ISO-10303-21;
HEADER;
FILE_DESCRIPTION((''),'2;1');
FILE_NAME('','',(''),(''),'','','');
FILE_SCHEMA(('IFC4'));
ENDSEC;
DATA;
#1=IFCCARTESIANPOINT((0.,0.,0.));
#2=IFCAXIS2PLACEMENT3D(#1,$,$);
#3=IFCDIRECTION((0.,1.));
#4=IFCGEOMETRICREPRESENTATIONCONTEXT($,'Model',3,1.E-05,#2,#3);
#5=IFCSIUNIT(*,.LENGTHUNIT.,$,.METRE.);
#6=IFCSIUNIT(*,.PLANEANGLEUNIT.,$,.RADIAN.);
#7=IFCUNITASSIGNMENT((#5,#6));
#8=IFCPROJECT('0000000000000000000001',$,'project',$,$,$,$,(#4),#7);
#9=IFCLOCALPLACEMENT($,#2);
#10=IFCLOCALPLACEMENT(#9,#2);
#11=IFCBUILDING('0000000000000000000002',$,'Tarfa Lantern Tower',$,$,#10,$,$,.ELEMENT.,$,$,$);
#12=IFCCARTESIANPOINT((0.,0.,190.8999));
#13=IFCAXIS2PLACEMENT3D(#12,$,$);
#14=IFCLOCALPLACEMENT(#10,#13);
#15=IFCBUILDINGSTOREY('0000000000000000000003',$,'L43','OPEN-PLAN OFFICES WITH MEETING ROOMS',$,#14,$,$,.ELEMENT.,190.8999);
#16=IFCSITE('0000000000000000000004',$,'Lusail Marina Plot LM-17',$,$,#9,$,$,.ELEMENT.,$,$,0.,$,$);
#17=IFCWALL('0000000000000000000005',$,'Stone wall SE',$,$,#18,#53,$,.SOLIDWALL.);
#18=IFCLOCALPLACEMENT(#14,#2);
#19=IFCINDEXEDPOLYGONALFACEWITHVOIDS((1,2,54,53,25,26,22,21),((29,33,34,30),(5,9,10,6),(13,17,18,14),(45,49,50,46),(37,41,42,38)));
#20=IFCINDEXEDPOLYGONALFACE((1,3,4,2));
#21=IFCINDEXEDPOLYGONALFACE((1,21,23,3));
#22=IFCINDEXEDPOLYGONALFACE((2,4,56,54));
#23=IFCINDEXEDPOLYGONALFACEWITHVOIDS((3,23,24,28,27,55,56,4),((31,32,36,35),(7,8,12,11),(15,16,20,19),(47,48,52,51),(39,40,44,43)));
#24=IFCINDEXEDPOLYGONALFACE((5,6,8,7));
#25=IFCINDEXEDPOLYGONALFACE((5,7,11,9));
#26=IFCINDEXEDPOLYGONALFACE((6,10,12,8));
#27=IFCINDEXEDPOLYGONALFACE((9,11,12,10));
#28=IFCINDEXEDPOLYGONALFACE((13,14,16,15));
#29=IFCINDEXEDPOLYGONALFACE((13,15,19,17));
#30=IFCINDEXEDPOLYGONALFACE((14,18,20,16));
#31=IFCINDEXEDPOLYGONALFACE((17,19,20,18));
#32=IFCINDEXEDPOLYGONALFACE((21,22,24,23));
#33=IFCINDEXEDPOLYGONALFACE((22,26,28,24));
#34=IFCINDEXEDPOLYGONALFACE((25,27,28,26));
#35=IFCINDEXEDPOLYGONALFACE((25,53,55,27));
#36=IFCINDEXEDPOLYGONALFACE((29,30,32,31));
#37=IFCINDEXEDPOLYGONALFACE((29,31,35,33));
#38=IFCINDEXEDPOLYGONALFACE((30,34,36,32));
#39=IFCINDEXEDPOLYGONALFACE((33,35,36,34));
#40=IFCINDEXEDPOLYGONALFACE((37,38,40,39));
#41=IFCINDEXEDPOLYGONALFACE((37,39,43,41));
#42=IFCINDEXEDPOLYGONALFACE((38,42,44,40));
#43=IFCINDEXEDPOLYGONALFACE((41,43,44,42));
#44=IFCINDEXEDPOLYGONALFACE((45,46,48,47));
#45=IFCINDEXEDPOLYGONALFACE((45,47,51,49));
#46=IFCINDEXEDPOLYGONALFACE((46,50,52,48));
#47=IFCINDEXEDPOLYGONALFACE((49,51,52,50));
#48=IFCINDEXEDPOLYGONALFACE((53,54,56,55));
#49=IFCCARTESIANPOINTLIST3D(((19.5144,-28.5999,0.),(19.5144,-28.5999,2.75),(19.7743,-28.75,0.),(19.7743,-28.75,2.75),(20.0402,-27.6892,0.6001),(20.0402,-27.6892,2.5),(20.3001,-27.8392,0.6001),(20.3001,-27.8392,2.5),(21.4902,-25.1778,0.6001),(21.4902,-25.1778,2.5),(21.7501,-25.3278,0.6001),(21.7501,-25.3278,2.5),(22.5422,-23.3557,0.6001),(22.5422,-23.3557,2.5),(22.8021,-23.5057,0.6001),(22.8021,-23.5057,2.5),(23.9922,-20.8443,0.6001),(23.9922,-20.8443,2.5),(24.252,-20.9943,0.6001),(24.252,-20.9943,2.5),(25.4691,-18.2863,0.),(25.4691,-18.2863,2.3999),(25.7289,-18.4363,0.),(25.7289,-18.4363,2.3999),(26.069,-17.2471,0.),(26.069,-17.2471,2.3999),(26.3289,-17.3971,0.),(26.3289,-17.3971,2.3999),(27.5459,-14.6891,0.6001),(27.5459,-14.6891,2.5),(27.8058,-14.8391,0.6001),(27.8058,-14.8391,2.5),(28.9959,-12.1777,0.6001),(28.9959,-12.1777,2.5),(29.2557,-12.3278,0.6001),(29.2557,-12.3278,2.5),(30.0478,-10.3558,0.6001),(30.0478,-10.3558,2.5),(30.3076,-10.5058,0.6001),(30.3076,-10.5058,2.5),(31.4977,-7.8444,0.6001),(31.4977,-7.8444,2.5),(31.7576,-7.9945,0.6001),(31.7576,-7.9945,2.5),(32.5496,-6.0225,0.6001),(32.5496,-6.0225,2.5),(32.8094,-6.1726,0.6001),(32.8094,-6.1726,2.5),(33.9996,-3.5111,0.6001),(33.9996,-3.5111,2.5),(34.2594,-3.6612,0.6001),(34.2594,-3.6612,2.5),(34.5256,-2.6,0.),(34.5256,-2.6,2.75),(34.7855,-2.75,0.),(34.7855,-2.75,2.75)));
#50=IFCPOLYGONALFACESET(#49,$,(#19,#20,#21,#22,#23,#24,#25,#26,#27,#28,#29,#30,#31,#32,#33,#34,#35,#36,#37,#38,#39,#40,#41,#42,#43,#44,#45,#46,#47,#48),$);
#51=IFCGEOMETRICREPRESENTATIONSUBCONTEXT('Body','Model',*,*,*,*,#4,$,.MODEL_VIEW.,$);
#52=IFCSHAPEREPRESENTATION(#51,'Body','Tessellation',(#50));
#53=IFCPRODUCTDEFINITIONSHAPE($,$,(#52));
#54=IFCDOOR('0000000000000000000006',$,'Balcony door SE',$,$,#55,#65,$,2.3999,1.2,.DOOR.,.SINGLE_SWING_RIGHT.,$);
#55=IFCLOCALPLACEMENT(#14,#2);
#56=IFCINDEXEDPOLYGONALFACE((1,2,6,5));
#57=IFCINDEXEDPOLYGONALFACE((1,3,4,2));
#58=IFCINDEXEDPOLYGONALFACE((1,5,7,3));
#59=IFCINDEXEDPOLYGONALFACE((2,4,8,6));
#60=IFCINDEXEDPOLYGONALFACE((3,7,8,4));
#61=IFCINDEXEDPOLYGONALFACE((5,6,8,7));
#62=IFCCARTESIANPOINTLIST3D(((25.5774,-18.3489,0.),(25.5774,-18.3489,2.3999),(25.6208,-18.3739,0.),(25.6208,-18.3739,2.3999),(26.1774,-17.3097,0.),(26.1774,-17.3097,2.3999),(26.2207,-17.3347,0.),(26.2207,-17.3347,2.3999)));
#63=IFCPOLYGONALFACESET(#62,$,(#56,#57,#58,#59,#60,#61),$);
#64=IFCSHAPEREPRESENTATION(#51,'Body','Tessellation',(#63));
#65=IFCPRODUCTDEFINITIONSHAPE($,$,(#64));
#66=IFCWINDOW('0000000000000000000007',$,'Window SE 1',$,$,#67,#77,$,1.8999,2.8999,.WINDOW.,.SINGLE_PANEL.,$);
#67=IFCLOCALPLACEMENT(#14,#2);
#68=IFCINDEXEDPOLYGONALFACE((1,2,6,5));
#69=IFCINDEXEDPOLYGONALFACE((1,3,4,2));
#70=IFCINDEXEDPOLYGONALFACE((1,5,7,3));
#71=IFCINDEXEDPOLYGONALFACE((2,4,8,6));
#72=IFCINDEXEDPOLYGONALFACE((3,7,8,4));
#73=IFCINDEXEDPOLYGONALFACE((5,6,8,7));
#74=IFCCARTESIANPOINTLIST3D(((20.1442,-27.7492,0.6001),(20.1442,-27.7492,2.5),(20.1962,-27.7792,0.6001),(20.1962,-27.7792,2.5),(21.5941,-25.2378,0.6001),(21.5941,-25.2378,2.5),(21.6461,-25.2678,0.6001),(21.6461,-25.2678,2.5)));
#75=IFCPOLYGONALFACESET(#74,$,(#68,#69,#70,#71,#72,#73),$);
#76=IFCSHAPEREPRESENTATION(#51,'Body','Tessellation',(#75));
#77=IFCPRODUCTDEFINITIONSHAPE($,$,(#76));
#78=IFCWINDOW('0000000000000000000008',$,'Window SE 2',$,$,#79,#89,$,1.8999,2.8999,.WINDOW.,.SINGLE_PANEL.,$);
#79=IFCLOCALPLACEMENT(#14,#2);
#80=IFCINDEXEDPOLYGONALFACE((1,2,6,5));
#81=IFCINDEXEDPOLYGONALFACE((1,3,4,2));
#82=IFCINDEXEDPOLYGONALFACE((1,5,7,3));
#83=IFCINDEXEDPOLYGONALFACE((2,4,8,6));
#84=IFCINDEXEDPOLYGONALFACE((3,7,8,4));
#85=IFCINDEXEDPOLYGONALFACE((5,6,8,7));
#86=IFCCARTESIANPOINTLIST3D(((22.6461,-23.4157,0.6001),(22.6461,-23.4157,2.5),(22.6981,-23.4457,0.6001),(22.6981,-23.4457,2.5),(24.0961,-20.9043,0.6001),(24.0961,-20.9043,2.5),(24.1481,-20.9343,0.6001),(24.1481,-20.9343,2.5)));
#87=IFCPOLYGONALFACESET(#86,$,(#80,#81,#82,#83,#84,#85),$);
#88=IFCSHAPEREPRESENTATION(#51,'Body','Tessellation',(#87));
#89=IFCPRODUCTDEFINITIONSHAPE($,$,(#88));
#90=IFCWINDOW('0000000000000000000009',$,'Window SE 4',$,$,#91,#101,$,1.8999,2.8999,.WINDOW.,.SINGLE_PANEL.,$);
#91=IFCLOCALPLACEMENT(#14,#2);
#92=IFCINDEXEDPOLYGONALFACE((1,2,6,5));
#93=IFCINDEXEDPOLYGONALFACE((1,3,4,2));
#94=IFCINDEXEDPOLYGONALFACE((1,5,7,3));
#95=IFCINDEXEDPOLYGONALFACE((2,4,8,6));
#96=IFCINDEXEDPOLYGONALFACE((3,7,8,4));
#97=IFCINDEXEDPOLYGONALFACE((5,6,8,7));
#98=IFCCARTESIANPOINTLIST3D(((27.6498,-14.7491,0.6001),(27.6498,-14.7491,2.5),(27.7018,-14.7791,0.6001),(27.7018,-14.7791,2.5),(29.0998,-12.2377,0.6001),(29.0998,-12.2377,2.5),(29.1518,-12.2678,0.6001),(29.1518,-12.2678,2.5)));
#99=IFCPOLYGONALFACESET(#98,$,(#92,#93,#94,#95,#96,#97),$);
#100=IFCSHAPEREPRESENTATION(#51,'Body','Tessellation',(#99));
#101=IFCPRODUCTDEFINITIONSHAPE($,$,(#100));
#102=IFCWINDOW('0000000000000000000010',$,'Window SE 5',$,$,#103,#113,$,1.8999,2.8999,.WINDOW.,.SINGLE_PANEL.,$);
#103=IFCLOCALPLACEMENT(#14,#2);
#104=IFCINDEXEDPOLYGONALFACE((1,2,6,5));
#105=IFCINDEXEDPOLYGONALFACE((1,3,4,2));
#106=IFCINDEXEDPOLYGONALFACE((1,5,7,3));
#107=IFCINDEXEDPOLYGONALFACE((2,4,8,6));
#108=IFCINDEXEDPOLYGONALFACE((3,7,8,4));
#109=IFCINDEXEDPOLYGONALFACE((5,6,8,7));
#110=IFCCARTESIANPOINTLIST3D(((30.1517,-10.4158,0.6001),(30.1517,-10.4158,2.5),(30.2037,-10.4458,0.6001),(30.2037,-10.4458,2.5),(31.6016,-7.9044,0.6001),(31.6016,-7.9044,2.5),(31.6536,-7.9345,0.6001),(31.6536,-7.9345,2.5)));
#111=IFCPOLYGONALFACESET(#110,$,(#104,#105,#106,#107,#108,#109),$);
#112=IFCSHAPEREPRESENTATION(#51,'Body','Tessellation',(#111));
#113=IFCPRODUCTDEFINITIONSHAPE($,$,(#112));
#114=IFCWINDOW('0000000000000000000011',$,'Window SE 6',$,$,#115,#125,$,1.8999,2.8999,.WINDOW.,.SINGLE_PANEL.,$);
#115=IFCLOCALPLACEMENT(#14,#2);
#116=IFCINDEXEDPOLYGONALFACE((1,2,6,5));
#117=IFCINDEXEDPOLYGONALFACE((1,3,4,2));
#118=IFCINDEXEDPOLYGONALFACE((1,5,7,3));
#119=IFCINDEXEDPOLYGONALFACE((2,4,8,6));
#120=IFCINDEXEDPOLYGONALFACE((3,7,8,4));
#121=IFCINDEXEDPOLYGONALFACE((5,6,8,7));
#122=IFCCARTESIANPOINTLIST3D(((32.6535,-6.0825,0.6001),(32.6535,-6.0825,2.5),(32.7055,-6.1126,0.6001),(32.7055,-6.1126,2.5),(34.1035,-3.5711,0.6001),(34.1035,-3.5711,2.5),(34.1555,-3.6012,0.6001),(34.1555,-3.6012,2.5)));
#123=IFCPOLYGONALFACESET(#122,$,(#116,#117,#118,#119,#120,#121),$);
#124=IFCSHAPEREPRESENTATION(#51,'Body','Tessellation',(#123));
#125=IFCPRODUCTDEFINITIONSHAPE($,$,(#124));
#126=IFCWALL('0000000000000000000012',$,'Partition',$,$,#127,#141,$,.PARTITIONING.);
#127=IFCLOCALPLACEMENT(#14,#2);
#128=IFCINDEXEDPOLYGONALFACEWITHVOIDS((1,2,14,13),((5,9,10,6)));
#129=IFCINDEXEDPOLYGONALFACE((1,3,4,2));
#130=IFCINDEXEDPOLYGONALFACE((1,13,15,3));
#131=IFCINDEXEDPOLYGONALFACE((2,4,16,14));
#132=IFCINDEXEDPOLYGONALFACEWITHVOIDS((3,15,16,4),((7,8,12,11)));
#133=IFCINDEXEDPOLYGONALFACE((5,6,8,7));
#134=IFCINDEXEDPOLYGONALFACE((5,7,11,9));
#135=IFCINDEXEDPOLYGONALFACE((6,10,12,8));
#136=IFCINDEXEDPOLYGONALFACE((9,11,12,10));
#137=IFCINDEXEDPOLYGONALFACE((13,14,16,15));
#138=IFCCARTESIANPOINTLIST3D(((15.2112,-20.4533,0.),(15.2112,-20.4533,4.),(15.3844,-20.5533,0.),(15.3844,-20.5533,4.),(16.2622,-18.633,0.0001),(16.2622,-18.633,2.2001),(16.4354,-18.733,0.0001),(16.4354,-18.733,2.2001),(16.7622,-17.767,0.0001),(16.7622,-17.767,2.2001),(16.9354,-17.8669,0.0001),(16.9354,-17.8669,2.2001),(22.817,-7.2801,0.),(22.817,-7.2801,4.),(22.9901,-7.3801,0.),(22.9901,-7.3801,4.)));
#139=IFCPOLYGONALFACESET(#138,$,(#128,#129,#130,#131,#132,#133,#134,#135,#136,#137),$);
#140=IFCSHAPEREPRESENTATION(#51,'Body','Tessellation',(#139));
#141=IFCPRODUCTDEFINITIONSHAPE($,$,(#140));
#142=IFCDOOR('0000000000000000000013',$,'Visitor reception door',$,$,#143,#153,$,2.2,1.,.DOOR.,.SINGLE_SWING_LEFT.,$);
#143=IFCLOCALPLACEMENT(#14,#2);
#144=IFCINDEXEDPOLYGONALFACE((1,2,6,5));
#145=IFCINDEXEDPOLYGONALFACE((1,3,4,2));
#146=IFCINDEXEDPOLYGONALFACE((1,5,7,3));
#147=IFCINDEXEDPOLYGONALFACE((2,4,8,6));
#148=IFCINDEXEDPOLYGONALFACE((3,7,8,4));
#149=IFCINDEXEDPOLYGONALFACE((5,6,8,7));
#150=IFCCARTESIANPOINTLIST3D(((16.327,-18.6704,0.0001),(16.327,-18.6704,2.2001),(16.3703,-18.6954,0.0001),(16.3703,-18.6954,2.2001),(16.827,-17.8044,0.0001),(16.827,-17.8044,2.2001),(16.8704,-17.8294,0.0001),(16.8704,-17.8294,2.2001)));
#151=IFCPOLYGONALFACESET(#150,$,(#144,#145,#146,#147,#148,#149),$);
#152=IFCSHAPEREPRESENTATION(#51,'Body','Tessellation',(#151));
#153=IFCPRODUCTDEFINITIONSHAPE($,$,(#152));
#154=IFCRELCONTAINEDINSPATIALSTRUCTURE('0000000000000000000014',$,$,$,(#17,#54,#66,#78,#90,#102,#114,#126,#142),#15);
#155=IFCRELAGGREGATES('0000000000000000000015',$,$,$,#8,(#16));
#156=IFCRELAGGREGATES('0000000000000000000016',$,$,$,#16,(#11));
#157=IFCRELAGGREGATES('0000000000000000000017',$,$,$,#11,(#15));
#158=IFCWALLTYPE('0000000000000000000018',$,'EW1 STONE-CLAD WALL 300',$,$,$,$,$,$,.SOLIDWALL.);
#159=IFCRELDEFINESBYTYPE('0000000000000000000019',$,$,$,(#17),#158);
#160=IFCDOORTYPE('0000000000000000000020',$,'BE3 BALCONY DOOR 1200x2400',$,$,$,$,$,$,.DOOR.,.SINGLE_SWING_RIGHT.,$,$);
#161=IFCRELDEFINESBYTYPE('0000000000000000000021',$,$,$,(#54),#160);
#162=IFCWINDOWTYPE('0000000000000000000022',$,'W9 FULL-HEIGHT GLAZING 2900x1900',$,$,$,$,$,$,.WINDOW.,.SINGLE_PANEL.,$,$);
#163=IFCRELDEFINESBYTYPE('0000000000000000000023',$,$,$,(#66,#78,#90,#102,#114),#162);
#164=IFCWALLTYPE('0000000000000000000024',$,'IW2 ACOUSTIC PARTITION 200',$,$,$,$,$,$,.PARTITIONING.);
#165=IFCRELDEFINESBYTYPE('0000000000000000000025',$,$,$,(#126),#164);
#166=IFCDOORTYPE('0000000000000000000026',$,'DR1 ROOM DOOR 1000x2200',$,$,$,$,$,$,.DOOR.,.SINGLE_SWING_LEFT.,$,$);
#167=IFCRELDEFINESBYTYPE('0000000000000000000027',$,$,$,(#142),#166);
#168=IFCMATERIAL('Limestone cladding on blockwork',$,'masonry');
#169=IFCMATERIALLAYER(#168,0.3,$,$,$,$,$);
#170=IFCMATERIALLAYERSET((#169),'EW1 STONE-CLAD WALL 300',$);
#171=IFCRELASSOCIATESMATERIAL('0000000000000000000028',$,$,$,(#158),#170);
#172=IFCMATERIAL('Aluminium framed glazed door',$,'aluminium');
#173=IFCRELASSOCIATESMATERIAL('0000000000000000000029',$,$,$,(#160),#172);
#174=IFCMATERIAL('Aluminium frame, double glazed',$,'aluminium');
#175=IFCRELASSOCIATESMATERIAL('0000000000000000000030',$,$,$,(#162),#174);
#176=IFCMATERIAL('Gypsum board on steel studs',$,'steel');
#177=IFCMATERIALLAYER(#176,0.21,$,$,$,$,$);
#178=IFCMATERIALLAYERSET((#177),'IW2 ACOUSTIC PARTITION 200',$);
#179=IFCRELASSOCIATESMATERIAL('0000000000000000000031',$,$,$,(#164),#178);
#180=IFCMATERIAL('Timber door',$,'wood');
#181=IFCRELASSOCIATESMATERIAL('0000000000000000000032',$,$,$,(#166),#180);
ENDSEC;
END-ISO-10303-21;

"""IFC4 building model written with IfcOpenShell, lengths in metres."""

from ifc_helpers import new_model, si_unit, direction, frame, frame_2d, origin, place, context, subcontext, project, spatial, rectangle, extrude, material, layer, layer_set, type_object, element, fill, save


model = new_model("IFC4")

# Units and contexts
model_context = context("Model", 3, precision=1e-05, world=origin(), true_north=direction((0.0, 1.0)))
body_context = subcontext(model_context, "Body", "Model", "MODEL_VIEW")
ifc_project = project(units=[si_unit("LENGTHUNIT", "METRE"), si_unit("PLANEANGLEUNIT", "RADIAN")], contexts=[model_context])

# Site, building, storey
site_placement = place(None, origin())
site = spatial("IfcSite", under=ifc_project, at=site_placement, Name="Lusail Marina Plot LM-17", CompositionType="ELEMENT", RefElevation=0.0)
building_placement = place(site_placement, origin())
building = spatial("IfcBuilding", under=site, at=building_placement, Name="Tarfa Lantern Tower", CompositionType="ELEMENT")
storey_placement = place(building_placement, frame((0.0, 0.0, 190.8999)))
storey = spatial("IfcBuildingStorey", under=building, at=storey_placement, Name="L43", Description="OPEN-PLAN OFFICES WITH MEETING ROOMS", CompositionType="ELEMENT", Elevation=190.8999)

# Wall, openings, door, windows
ifc_material_1 = material(Name="Limestone cladding on blockwork", Category="masonry")
ifc_layer_1 = layer(ifc_material_1, 0.3)
ifc_layer_set_1 = layer_set([ifc_layer_1], Name="EW1 STONE-CLAD WALL 300")
wall_type_1 = type_object("IfcWallType", Name="EW1 STONE-CLAD WALL 300", PredefinedType="SOLIDWALL", material=ifc_layer_set_1)
wall_1_placement = place(storey_placement, frame((19.6443, -28.675, 0.0), z_axis=(0.0, 0.0, 1.0), x_axis=(0.500003, 0.866024, 0.0)))
wall_1 = element("IfcWall", 1, at=wall_1_placement, inside=storey, type_object=wall_type_1, Name="Stone wall SE", PredefinedType="SOLIDWALL", context=body_context, shape_type="SweptSolid", body=[
    extrude(rectangle(XDim=30.0222, YDim=0.3, at=frame_2d((15.0112, 0.0))), origin(), (0.0, 0.0, 1.0), 2.75),
])
opening_1_placement = place(wall_1_placement, frame((1.0518, 0.0, 0.6001)))
opening_1 = element("IfcOpeningElement", 2, at=opening_1_placement, cuts=wall_1, PredefinedType="OPENING", context=body_context, shape_type="SweptSolid", body=[
    extrude(rectangle(XDim=2.8999, YDim=1.8999, at=frame_2d((1.45, 0.95))), frame((0.0, 0.1599, 0.0), z_axis=(0.0, -1.0, 0.0), x_axis=(1.0, 0.0, 0.0)), (0.0, 0.0, 1.0), 0.3201),
])
opening_2_placement = place(wall_1_placement, frame((6.0557, 0.0, 0.6001)))
opening_2 = element("IfcOpeningElement", 3, at=opening_2_placement, cuts=wall_1, PredefinedType="OPENING", context=body_context, shape_type="SweptSolid", body=[
    extrude(rectangle(XDim=2.8999, YDim=1.8999, at=frame_2d((1.45, 0.95))), frame((0.0, 0.1599, 0.0), z_axis=(0.0, -1.0, 0.0), x_axis=(1.0, 0.0, 0.0)), (0.0, 0.0, 1.0), 0.3201),
])
opening_3_placement = place(wall_1_placement, frame((11.9092, 0.0, 0.0)))
opening_3 = element("IfcOpeningElement", 4, at=opening_3_placement, cuts=wall_1, PredefinedType="OPENING", context=body_context, shape_type="SweptSolid", body=[
    extrude(rectangle(XDim=1.2, YDim=2.3999, at=frame_2d((0.6001, 1.2))), frame((0.0, 0.1599, 0.0), z_axis=(0.0, -1.0, 0.0), x_axis=(1.0, 0.0, 0.0)), (0.0, 0.0, 1.0), 0.3201),
])
opening_4_placement = place(wall_1_placement, frame((16.063, 0.0, 0.6001)))
opening_4 = element("IfcOpeningElement", 5, at=opening_4_placement, cuts=wall_1, PredefinedType="OPENING", context=body_context, shape_type="SweptSolid", body=[
    extrude(rectangle(XDim=2.8999, YDim=1.8999, at=frame_2d((1.45, 0.95))), frame((0.0, 0.1599, 0.0), z_axis=(0.0, -1.0, 0.0), x_axis=(1.0, 0.0, 0.0)), (0.0, 0.0, 1.0), 0.3201),
])
opening_5_placement = place(wall_1_placement, frame((21.0667, 0.0, 0.6001)))
opening_5 = element("IfcOpeningElement", 6, at=opening_5_placement, cuts=wall_1, PredefinedType="OPENING", context=body_context, shape_type="SweptSolid", body=[
    extrude(rectangle(XDim=2.8999, YDim=1.8999, at=frame_2d((1.45, 0.95))), frame((0.0, 0.1599, 0.0), z_axis=(0.0, -1.0, 0.0), x_axis=(1.0, 0.0, 0.0)), (0.0, 0.0, 1.0), 0.3201),
])
opening_6_placement = place(wall_1_placement, frame((26.0703, 0.0, 0.6001)))
opening_6 = element("IfcOpeningElement", 7, at=opening_6_placement, cuts=wall_1, PredefinedType="OPENING", context=body_context, shape_type="SweptSolid", body=[
    extrude(rectangle(XDim=2.8999, YDim=1.8999, at=frame_2d((1.45, 0.95))), frame((0.0, 0.1599, 0.0), z_axis=(0.0, -1.0, 0.0), x_axis=(1.0, 0.0, 0.0)), (0.0, 0.0, 1.0), 0.3201),
])
ifc_material_2 = material(Name="Aluminium framed glazed door", Category="aluminium")
door_type_1 = type_object("IfcDoorType", Name="BE3 BALCONY DOOR 1200x2400", OperationType="SINGLE_SWING_RIGHT", PredefinedType="DOOR", material=ifc_material_2)
door_1_placement = place(opening_3_placement, origin())
door_1 = element("IfcDoor", 8, at=door_1_placement, inside=storey, type_object=door_type_1, Name="Balcony door SE", OperationType="SINGLE_SWING_RIGHT", OverallHeight=2.3999, OverallWidth=1.2, PredefinedType="DOOR", context=body_context, shape_type="SweptSolid", body=[
    extrude(rectangle(XDim=1.2, YDim=2.3999, at=frame_2d((0.6001, 1.2))), frame((0.0, 0.0249, 0.0), z_axis=(0.0, -1.0, 0.0), x_axis=(1.0, 0.0, 0.0)), (0.0, 0.0, 1.0), 0.05),
])
fill(opening_3, door_1)
ifc_material_3 = material(Name="Aluminium frame, double glazed", Category="aluminium")
window_type = type_object("IfcWindowType", Name="W9 FULL-HEIGHT GLAZING 2900x1900", PartitioningType="SINGLE_PANEL", PredefinedType="WINDOW", material=ifc_material_3)
window_1_placement = place(opening_1_placement, origin())
window_1 = element("IfcWindow", 9, at=window_1_placement, inside=storey, type_object=window_type, Name="Window SE 1", OverallHeight=1.8999, OverallWidth=2.8999, PartitioningType="SINGLE_PANEL", PredefinedType="WINDOW", context=body_context, shape_type="SweptSolid", body=[
    extrude(rectangle(XDim=2.8999, YDim=1.8999, at=frame_2d((1.45, 0.95))), frame((0.0, 0.03, 0.0), z_axis=(0.0, -1.0, 0.0), x_axis=(1.0, 0.0, 0.0)), (0.0, 0.0, 1.0), 0.0601),
])
fill(opening_1, window_1)
window_2_placement = place(opening_2_placement, origin())
window_2 = element("IfcWindow", 10, at=window_2_placement, inside=storey, type_object=window_type, Name="Window SE 2", OverallHeight=1.8999, OverallWidth=2.8999, PartitioningType="SINGLE_PANEL", PredefinedType="WINDOW", context=body_context, shape_type="SweptSolid", body=[
    extrude(rectangle(XDim=2.8999, YDim=1.8999, at=frame_2d((1.45, 0.95))), frame((0.0, 0.03, 0.0), z_axis=(0.0, -1.0, 0.0), x_axis=(1.0, 0.0, 0.0)), (0.0, 0.0, 1.0), 0.0601),
])
fill(opening_2, window_2)
window_3_placement = place(opening_4_placement, origin())
window_3 = element("IfcWindow", 11, at=window_3_placement, inside=storey, type_object=window_type, Name="Window SE 4", OverallHeight=1.8999, OverallWidth=2.8999, PartitioningType="SINGLE_PANEL", PredefinedType="WINDOW", context=body_context, shape_type="SweptSolid", body=[
    extrude(rectangle(XDim=2.8999, YDim=1.8999, at=frame_2d((1.45, 0.95))), frame((0.0, 0.03, 0.0), z_axis=(0.0, -1.0, 0.0), x_axis=(1.0, 0.0, 0.0)), (0.0, 0.0, 1.0), 0.0601),
])
fill(opening_4, window_3)
window_4_placement = place(opening_5_placement, origin())
window_4 = element("IfcWindow", 12, at=window_4_placement, inside=storey, type_object=window_type, Name="Window SE 5", OverallHeight=1.8999, OverallWidth=2.8999, PartitioningType="SINGLE_PANEL", PredefinedType="WINDOW", context=body_context, shape_type="SweptSolid", body=[
    extrude(rectangle(XDim=2.8999, YDim=1.8999, at=frame_2d((1.45, 0.95))), frame((0.0, 0.03, 0.0), z_axis=(0.0, -1.0, 0.0), x_axis=(1.0, 0.0, 0.0)), (0.0, 0.0, 1.0), 0.0601),
])
fill(opening_5, window_4)
window_5_placement = place(opening_6_placement, origin())
window_5 = element("IfcWindow", 13, at=window_5_placement, inside=storey, type_object=window_type, Name="Window SE 6", OverallHeight=1.8999, OverallWidth=2.8999, PartitioningType="SINGLE_PANEL", PredefinedType="WINDOW", context=body_context, shape_type="SweptSolid", body=[
    extrude(rectangle(XDim=2.8999, YDim=1.8999, at=frame_2d((1.45, 0.95))), frame((0.0, 0.03, 0.0), z_axis=(0.0, -1.0, 0.0), x_axis=(1.0, 0.0, 0.0)), (0.0, 0.0, 1.0), 0.0601),
])
fill(opening_6, window_5)

# Wall, opening, door
ifc_material_4 = material(Name="Gypsum board on steel studs", Category="steel")
ifc_layer_2 = layer(ifc_material_4, 0.21)
ifc_layer_set_2 = layer_set([ifc_layer_2], Name="IW2 ACOUSTIC PARTITION 200")
wall_type_2 = type_object("IfcWallType", Name="IW2 ACOUSTIC PARTITION 200", PredefinedType="PARTITIONING", material=ifc_layer_set_2)
wall_2_placement = place(storey_placement, frame((15.2979, -20.5032, 0.0), z_axis=(0.0, 0.0, 1.0), x_axis=(0.500011, 0.866019, 0.0)))
wall_2 = element("IfcWall", 14, at=wall_2_placement, inside=storey, type_object=wall_type_2, Name="Partition", PredefinedType="PARTITIONING", context=body_context, shape_type="SweptSolid", body=[
    extrude(rectangle(XDim=15.2112, YDim=0.2, at=frame_2d((7.6055, 0.0))), origin(), (0.0, 0.0, 1.0), 4.0),
])
opening_7_placement = place(wall_2_placement, frame((2.1018, 0.0, 0.0)))
opening_7 = element("IfcOpeningElement", 15, at=opening_7_placement, cuts=wall_2, PredefinedType="OPENING", context=body_context, shape_type="SweptSolid", body=[
    extrude(rectangle(XDim=1.0, YDim=2.2, at=frame_2d((0.5, 1.1001))), frame((0.0, 0.1099, 0.0), z_axis=(0.0, -1.0, 0.0), x_axis=(1.0, 0.0, 0.0)), (0.0, 0.0, 1.0), 0.22),
])
ifc_material_5 = material(Name="Timber door", Category="wood")
door_type_2 = type_object("IfcDoorType", Name="DR1 ROOM DOOR 1000x2200", OperationType="SINGLE_SWING_LEFT", PredefinedType="DOOR", material=ifc_material_5)
door_2_placement = place(opening_7_placement, frame((1.0, 0.0, 0.0), z_axis=(0.0, 0.0, 1.0), x_axis=(-1.0, 0.0, 0.0)))
door_2 = element("IfcDoor", 16, at=door_2_placement, inside=storey, type_object=door_type_2, Name="Visitor reception door", OperationType="SINGLE_SWING_LEFT", OverallHeight=2.2, OverallWidth=1.0, PredefinedType="DOOR", context=body_context, shape_type="SweptSolid", body=[
    extrude(rectangle(XDim=1.0, YDim=2.2, at=frame_2d((0.5, 1.1001))), frame((0.0, 0.0249, 0.0), z_axis=(0.0, -1.0, 0.0), x_axis=(1.0, 0.0, 0.0)), (0.0, 0.0, 1.0), 0.05),
])
fill(opening_7, door_2)

save(model, "model.ifc")
